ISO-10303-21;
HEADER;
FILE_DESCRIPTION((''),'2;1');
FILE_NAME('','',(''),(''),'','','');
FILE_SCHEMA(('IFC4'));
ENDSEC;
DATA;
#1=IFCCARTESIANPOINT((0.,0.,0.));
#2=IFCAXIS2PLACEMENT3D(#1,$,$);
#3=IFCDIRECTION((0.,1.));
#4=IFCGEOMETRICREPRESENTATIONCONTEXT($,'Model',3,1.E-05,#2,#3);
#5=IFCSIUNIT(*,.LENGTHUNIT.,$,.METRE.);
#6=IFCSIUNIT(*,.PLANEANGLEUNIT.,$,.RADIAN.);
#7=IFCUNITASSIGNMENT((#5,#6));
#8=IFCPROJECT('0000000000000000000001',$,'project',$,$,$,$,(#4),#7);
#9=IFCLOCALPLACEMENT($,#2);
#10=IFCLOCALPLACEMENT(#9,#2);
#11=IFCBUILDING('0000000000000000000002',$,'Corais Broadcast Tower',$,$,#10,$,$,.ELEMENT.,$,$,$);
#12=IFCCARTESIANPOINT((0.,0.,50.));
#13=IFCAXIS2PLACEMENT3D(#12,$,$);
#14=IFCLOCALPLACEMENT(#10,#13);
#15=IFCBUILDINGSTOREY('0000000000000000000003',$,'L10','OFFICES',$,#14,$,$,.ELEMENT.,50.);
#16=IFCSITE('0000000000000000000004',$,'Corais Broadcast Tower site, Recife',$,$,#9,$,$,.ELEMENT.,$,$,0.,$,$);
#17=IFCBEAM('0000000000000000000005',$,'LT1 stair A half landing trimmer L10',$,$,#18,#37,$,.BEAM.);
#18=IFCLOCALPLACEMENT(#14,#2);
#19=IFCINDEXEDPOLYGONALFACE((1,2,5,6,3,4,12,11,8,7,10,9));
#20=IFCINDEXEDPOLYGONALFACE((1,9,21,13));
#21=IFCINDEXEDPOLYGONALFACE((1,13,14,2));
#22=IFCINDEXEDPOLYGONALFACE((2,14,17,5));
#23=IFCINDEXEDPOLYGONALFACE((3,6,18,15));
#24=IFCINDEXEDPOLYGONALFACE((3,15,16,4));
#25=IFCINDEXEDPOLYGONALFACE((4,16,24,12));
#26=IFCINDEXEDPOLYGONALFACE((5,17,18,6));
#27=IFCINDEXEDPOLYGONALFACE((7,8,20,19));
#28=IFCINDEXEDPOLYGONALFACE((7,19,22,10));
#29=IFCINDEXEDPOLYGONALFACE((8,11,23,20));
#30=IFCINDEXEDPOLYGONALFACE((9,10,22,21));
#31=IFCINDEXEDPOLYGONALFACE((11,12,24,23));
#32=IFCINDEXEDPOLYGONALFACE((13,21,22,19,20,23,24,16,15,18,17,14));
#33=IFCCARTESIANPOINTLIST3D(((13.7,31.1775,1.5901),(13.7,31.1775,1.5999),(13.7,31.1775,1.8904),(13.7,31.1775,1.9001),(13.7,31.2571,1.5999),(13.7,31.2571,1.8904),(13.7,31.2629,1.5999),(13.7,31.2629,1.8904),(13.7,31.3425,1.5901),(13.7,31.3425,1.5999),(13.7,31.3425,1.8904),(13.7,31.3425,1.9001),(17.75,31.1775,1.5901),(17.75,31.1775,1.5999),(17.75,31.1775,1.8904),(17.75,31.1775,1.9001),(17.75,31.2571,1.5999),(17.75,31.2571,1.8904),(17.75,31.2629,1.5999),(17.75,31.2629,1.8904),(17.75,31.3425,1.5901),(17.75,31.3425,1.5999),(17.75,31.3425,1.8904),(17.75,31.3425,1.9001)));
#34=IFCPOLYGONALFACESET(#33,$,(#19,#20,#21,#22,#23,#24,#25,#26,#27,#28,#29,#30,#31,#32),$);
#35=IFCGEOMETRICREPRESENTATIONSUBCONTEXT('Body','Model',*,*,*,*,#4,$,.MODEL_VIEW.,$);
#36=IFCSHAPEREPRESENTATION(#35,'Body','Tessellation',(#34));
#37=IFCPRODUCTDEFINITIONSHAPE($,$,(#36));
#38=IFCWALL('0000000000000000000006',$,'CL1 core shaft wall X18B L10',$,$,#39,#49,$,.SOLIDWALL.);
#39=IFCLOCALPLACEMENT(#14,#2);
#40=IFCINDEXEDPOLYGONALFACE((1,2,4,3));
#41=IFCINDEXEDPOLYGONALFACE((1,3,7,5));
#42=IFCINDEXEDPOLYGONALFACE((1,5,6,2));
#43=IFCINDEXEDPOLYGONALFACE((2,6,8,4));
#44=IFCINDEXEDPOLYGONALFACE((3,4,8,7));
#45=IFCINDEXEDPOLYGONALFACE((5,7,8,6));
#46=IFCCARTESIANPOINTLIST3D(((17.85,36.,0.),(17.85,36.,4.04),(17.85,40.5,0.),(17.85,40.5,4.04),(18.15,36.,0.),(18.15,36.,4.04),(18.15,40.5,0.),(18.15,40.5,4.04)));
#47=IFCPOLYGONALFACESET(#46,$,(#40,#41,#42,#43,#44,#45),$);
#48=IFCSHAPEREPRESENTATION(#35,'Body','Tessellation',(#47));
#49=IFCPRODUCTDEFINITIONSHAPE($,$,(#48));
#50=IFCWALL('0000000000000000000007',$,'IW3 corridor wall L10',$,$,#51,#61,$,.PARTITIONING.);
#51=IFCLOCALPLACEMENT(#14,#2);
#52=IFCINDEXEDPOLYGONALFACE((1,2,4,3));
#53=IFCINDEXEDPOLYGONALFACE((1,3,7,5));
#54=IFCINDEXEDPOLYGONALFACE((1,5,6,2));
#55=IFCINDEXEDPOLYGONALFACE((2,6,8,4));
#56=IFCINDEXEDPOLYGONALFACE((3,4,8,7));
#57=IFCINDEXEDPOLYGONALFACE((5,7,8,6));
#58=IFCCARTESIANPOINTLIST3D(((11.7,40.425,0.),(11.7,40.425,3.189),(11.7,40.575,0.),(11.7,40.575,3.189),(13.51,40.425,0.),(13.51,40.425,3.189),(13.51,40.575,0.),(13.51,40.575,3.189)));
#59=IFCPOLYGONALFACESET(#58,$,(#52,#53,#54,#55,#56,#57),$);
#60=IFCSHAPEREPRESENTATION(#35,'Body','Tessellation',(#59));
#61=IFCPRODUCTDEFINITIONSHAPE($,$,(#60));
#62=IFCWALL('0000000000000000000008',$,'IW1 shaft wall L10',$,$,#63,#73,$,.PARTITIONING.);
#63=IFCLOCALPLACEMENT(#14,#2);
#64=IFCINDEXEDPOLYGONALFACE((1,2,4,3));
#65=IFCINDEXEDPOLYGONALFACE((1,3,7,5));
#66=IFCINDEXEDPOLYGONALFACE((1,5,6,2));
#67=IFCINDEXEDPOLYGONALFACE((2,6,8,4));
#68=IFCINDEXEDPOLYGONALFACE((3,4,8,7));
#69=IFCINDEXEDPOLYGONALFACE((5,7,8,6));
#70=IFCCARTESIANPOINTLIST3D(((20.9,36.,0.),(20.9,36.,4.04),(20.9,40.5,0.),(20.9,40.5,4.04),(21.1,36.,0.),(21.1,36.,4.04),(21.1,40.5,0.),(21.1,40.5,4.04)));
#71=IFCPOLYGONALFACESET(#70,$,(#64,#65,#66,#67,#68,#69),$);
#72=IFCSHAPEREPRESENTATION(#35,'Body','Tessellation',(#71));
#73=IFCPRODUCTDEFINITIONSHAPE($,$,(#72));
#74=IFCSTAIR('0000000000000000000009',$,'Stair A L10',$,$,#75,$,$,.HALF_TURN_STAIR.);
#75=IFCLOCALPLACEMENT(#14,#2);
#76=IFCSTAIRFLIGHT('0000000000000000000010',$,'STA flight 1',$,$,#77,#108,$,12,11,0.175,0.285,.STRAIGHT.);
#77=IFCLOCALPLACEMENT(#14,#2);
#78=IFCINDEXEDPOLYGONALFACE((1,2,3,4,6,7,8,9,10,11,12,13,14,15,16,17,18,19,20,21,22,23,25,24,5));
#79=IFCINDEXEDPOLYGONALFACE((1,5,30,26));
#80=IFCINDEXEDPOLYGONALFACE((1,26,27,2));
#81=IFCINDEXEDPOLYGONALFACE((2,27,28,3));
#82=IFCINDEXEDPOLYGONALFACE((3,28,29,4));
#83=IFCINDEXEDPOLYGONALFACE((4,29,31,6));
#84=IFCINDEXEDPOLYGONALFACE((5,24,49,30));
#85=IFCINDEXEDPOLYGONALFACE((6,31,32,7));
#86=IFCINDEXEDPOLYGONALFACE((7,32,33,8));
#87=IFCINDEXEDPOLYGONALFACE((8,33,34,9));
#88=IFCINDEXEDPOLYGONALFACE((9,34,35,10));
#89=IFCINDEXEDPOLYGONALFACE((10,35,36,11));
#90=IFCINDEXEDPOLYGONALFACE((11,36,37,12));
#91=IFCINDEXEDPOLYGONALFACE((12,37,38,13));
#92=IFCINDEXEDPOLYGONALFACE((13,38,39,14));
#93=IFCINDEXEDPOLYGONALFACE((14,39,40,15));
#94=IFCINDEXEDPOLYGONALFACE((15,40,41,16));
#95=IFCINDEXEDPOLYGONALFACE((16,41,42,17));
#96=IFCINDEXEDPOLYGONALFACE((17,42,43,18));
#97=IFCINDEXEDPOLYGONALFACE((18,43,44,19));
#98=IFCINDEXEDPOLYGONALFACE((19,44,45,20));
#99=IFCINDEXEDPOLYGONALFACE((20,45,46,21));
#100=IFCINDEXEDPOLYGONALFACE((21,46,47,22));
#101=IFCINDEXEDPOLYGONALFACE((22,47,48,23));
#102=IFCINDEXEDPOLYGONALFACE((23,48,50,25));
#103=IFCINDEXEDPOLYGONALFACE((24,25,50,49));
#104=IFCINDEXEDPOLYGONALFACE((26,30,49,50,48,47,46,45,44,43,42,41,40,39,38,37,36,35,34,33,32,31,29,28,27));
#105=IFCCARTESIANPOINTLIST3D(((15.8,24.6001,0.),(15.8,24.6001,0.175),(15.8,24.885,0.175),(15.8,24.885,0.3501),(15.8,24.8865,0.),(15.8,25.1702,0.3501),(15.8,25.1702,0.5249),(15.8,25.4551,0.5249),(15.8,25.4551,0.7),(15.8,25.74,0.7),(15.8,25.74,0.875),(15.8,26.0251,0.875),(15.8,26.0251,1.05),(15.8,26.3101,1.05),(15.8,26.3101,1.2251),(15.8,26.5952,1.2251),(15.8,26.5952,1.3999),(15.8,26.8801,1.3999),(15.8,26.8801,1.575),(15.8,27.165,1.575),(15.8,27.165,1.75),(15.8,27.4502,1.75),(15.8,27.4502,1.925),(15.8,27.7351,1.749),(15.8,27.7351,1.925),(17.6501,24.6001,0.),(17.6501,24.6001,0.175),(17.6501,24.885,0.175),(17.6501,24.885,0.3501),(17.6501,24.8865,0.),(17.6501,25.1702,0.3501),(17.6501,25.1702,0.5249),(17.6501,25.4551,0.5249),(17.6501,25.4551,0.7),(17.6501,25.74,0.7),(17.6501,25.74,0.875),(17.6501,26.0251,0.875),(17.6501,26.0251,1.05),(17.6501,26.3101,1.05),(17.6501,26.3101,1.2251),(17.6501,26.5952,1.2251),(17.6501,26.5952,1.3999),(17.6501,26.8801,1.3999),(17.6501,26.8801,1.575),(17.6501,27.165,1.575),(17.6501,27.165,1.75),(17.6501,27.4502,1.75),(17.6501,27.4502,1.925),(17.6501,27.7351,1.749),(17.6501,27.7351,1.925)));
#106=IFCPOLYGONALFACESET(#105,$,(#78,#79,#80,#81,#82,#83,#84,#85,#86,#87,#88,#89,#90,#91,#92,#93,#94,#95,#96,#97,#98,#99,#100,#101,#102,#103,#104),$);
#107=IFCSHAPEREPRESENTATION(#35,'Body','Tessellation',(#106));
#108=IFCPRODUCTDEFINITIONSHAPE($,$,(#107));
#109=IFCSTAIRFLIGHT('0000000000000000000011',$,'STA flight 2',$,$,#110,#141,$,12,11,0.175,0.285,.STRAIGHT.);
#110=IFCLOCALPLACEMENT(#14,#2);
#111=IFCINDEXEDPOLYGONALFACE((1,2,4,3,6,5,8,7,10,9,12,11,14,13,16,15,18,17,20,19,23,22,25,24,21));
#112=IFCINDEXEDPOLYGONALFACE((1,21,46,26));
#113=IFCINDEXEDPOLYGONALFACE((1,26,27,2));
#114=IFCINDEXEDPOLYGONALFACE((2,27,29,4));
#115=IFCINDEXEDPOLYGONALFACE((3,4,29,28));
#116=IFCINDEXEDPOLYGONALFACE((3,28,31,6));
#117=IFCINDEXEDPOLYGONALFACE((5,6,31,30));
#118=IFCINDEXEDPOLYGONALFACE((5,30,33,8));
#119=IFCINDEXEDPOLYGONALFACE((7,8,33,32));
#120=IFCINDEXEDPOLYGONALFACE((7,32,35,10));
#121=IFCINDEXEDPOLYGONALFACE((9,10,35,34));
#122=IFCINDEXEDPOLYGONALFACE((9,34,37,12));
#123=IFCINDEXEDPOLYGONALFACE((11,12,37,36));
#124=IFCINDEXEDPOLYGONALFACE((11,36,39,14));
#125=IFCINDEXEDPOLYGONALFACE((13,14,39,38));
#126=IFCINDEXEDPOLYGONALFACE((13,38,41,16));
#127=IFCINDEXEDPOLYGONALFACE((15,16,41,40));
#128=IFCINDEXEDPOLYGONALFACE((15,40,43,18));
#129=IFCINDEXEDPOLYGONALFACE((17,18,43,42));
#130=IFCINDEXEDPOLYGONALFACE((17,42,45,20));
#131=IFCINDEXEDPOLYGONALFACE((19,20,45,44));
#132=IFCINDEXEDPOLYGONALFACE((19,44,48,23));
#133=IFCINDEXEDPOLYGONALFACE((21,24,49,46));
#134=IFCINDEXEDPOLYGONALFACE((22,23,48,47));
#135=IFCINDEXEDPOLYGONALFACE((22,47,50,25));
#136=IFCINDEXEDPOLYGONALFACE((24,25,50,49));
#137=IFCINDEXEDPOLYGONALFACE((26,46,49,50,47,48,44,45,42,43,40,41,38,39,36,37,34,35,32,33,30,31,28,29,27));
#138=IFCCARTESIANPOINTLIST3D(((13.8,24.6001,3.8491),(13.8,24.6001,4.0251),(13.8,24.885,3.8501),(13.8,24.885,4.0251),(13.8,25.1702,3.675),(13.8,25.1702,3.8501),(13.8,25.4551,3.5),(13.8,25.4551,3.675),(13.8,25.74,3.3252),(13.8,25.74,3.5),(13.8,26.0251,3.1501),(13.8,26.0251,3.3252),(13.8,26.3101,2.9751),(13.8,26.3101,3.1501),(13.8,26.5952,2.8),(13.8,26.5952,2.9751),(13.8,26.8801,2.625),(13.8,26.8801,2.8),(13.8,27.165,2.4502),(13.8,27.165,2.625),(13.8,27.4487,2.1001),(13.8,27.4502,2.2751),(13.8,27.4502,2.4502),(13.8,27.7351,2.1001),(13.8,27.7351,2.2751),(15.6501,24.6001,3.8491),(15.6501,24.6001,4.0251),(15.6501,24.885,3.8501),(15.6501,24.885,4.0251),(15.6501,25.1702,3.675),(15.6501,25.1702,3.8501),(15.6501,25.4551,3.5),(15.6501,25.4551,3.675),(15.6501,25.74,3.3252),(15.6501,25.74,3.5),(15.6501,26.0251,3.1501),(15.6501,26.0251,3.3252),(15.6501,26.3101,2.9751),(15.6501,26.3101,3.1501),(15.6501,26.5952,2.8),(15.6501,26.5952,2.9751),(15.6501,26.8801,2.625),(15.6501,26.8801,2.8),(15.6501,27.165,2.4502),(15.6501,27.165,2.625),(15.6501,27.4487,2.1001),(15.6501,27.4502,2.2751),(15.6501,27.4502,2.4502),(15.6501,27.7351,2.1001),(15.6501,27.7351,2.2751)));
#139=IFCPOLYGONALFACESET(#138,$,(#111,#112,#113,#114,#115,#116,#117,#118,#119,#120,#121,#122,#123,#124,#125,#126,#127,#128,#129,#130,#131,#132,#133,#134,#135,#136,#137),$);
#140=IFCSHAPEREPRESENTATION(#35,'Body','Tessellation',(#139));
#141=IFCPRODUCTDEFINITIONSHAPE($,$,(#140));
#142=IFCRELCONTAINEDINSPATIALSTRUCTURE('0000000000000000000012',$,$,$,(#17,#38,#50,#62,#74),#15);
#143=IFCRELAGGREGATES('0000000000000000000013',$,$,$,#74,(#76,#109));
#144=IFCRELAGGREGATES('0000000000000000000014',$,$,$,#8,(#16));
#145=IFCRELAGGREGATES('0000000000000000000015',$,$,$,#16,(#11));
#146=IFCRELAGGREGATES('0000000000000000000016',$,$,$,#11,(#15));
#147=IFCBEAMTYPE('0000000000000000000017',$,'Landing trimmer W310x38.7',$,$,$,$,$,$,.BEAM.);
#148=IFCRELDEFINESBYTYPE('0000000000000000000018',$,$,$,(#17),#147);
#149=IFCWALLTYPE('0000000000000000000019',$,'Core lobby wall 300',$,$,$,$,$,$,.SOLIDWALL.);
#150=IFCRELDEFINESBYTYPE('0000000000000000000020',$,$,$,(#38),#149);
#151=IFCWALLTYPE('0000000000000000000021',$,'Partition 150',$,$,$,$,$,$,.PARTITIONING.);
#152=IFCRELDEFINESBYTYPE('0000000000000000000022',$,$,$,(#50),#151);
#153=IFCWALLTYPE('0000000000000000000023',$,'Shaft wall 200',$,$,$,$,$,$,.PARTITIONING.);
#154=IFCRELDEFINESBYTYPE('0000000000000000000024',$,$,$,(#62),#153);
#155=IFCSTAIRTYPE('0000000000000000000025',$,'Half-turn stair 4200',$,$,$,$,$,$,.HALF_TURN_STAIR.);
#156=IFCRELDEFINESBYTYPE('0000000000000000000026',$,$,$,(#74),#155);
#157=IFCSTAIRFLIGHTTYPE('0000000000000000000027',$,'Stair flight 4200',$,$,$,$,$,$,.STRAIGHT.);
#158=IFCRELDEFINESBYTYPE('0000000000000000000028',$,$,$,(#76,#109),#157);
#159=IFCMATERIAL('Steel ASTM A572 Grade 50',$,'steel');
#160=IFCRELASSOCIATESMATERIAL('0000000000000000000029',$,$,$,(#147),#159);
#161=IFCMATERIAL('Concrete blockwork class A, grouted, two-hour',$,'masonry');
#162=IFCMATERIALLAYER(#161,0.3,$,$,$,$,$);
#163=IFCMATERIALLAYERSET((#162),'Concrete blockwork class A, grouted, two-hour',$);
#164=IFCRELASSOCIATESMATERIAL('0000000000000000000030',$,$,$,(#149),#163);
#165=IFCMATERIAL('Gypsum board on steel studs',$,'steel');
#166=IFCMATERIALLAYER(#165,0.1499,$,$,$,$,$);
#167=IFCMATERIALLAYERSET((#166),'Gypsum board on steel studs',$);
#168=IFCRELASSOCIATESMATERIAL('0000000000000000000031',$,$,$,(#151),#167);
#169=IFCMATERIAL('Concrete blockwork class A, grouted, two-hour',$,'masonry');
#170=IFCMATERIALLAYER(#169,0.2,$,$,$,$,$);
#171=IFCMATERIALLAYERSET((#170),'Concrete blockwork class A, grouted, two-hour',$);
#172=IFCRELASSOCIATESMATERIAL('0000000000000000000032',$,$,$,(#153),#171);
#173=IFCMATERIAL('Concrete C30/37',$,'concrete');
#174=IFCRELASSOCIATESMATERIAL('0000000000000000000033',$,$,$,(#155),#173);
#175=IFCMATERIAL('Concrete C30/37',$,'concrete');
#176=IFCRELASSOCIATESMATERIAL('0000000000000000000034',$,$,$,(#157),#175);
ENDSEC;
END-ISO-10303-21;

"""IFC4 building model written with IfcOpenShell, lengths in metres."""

from ifc_helpers import new_model, si_unit, direction, frame, frame_2d, origin, origin_2d, place, context, subcontext, project, spatial, polyline, rectangle, i_section, outline, extrude, material, layer, layer_set, material_profile, profile_set, type_object, element, aggregate, save


model = new_model("IFC4")

# Units and contexts
model_context = context("Model", 3, precision=1e-05, world=origin(), true_north=direction((0.0, 1.0)))
body_context = subcontext(model_context, "Body", "Model", "MODEL_VIEW")
ifc_project = project(units=[si_unit("LENGTHUNIT", "METRE"), si_unit("PLANEANGLEUNIT", "RADIAN")], contexts=[model_context])

# Site, building, storey
site_placement = place(None, origin())
site = spatial("IfcSite", under=ifc_project, at=site_placement, Name="Corais Broadcast Tower site, Recife", CompositionType="ELEMENT", RefElevation=0.0)
building_placement = place(site_placement, origin())
building = spatial("IfcBuilding", under=site, at=building_placement, Name="Corais Broadcast Tower", CompositionType="ELEMENT")
storey_placement = place(building_placement, frame((0.0, 0.0, 50.0)))
storey = spatial("IfcBuildingStorey", under=building, at=storey_placement, Name="L10", Description="OFFICES", CompositionType="ELEMENT", Elevation=50.0)

# Beam
ifc_material_1 = material(Name="Steel ASTM A572 Grade 50", Category="steel")
ifc_material_profile = material_profile(ifc_material_1, i_section(OverallWidth=0.165, OverallDepth=0.3101, WebThickness=0.0059, FlangeThickness=0.0098, at=origin_2d()), Name="W310x38.7")
ifc_profile_set = profile_set([ifc_material_profile], Name="Steel ASTM A572 Grade 50")
beam_type = type_object("IfcBeamType", Name="Landing trimmer W310x38.7", PredefinedType="BEAM", material=ifc_profile_set)
beam_placement = place(storey_placement, frame((13.7, 31.26, 1.7451), z_axis=(1.0, 0.0, 0.0), x_axis=(0.0, 1.0, 0.0)))
element("IfcBeam", 1, at=beam_placement, inside=storey, type_object=beam_type, Name="LT1 stair A half landing trimmer L10", PredefinedType="BEAM", context=body_context, shape_type="SweptSolid", body=[
    extrude(i_section(OverallWidth=0.165, OverallDepth=0.3101, WebThickness=0.0059, FlangeThickness=0.0098, at=origin_2d()), origin(), (0.0, 0.0, 1.0), 4.05),
])

# Walls
ifc_material_2 = material(Name="Concrete blockwork class A, grouted, two-hour", Category="masonry")
ifc_layer_1 = layer(ifc_material_2, 0.3)
ifc_layer_set_1 = layer_set([ifc_layer_1], Name="Concrete blockwork class A, grouted, two-hour")
wall_type_1 = type_object("IfcWallType", Name="Core lobby wall 300", PredefinedType="SOLIDWALL", material=ifc_layer_set_1)
wall_1_placement = place(storey_placement, frame((18.0, 36.0, 0.0), z_axis=(0.0, 0.0, 1.0), x_axis=(0.0, 1.0, 0.0)))
element("IfcWall", 2, at=wall_1_placement, inside=storey, type_object=wall_type_1, Name="CL1 core shaft wall X18B L10", PredefinedType="SOLIDWALL", context=body_context, shape_type="SweptSolid", body=[
    extrude(rectangle(XDim=4.5, YDim=0.3, at=frame_2d((2.25, 0.0))), origin(), (0.0, 0.0, 1.0), 4.04),
])
ifc_material_3 = material(Name="Gypsum board on steel studs", Category="steel")
ifc_layer_2 = layer(ifc_material_3, 0.1499)
ifc_layer_set_2 = layer_set([ifc_layer_2], Name="Gypsum board on steel studs")
wall_type_2 = type_object("IfcWallType", Name="Partition 150", PredefinedType="PARTITIONING", material=ifc_layer_set_2)
wall_2_placement = place(storey_placement, frame((13.51, 40.5, 0.0), z_axis=(0.0, 0.0, 1.0), x_axis=(-1.0, 0.0, 0.0)))
element("IfcWall", 3, at=wall_2_placement, inside=storey, type_object=wall_type_2, Name="IW3 corridor wall L10", PredefinedType="PARTITIONING", context=body_context, shape_type="SweptSolid", body=[
    extrude(rectangle(XDim=1.8101, YDim=0.1499, at=frame_2d((0.905, 0.0))), origin(), (0.0, 0.0, 1.0), 3.189),
])
ifc_material_4 = material(Name="Concrete blockwork class A, grouted, two-hour", Category="masonry")
ifc_layer_3 = layer(ifc_material_4, 0.2)
ifc_layer_set_3 = layer_set([ifc_layer_3], Name="Concrete blockwork class A, grouted, two-hour")
wall_type_3 = type_object("IfcWallType", Name="Shaft wall 200", PredefinedType="PARTITIONING", material=ifc_layer_set_3)
wall_3_placement = place(storey_placement, frame((21.0, 36.0, 0.0), z_axis=(0.0, 0.0, 1.0), x_axis=(0.0, 1.0, 0.0)))
element("IfcWall", 4, at=wall_3_placement, inside=storey, type_object=wall_type_3, Name="IW1 shaft wall L10", PredefinedType="PARTITIONING", context=body_context, shape_type="SweptSolid", body=[
    extrude(rectangle(XDim=4.5, YDim=0.2, at=frame_2d((2.25, 0.0))), origin(), (0.0, 0.0, 1.0), 4.04),
])

# Stair, stair flights
ifc_material_5 = material(Name="Concrete C30/37", Category="concrete")
stair_type = type_object("IfcStairType", Name="Half-turn stair 4200", PredefinedType="HALF_TURN_STAIR", material=ifc_material_5)
stair_placement = place(storey_placement, origin())
stair = element("IfcStair", 5, at=stair_placement, inside=storey, type_object=stair_type, Name="Stair A L10", PredefinedType="HALF_TURN_STAIR")
ifc_material_6 = material(Name="Concrete C30/37", Category="concrete")
stair_flight_type = type_object("IfcStairFlightType", Name="Stair flight 4200", PredefinedType="STRAIGHT", material=ifc_material_6)
stair_flight_1_placement = place(storey_placement, frame((16.7251, 24.6001, 0.0), z_axis=(0.0, 0.0, 1.0), x_axis=(0.0, 1.0, 0.0)))
stair_flight_1 = element("IfcStairFlight", 6, at=stair_flight_1_placement, type_object=stair_flight_type, Name="STA flight 1", NumberOfRisers=12, NumberOfTreads=11, PredefinedType="STRAIGHT", RiserHeight=0.175, TreadLength=0.285, context=body_context, shape_type="SweptSolid", body=[
    extrude(outline(polyline([(0.0, 0.0), (0.0, 0.175), (0.2849, 0.175), (0.2849, 0.3501), (0.5701, 0.3501), (0.5701, 0.5249), (0.855, 0.5249), (0.855, 0.7), (1.1399, 0.7), (1.1399, 0.875), (1.425, 0.875), (1.425, 1.05), (1.71, 1.05), (1.71, 1.2251), (1.9951, 1.2251), (1.9951, 1.3999), (2.28, 1.3999), (2.28, 1.575), (2.5649, 1.575), (2.5649, 1.75), (2.8501, 1.75), (2.8501, 1.925), (3.135, 1.925), (3.135, 2.1001), (3.135, 1.749), (0.2864, 0.0), (0.0, 0.0)])), frame((0.0, 0.925, 0.0), z_axis=(0.0, -1.0, 0.0), x_axis=(1.0, 0.0, 0.0)), (0.0, 0.0, 1.0), 1.8501),
])
stair_flight_2_placement = place(storey_placement, frame((14.7251, 27.7351, 2.1001), z_axis=(0.0, 0.0, 1.0), x_axis=(0.0, -1.0, 0.0)))
stair_flight_2 = element("IfcStairFlight", 7, at=stair_flight_2_placement, type_object=stair_flight_type, Name="STA flight 2", NumberOfRisers=12, NumberOfTreads=11, PredefinedType="STRAIGHT", RiserHeight=0.175, TreadLength=0.285, context=body_context, shape_type="SweptSolid", body=[
    extrude(outline(polyline([(0.0, 0.0), (0.0, 0.175), (0.2849, 0.175), (0.2849, 0.3501), (0.5701, 0.3501), (0.5701, 0.5249), (0.855, 0.5249), (0.855, 0.7), (1.1399, 0.7), (1.1399, 0.875), (1.425, 0.875), (1.425, 1.05), (1.71, 1.05), (1.71, 1.2251), (1.9951, 1.2251), (1.9951, 1.3999), (2.28, 1.3999), (2.28, 1.575), (2.5649, 1.575), (2.5649, 1.75), (2.8501, 1.75), (2.8501, 1.925), (3.135, 1.925), (3.135, 2.1001), (3.135, 1.749), (0.2864, 0.0), (0.0, 0.0)])), frame((0.0, 0.925, 0.0), z_axis=(0.0, -1.0, 0.0), x_axis=(1.0, 0.0, 0.0)), (0.0, 0.0, 1.0), 1.8501),
])
aggregate(stair, [stair_flight_1, stair_flight_2])

save(model, "model.ifc")
